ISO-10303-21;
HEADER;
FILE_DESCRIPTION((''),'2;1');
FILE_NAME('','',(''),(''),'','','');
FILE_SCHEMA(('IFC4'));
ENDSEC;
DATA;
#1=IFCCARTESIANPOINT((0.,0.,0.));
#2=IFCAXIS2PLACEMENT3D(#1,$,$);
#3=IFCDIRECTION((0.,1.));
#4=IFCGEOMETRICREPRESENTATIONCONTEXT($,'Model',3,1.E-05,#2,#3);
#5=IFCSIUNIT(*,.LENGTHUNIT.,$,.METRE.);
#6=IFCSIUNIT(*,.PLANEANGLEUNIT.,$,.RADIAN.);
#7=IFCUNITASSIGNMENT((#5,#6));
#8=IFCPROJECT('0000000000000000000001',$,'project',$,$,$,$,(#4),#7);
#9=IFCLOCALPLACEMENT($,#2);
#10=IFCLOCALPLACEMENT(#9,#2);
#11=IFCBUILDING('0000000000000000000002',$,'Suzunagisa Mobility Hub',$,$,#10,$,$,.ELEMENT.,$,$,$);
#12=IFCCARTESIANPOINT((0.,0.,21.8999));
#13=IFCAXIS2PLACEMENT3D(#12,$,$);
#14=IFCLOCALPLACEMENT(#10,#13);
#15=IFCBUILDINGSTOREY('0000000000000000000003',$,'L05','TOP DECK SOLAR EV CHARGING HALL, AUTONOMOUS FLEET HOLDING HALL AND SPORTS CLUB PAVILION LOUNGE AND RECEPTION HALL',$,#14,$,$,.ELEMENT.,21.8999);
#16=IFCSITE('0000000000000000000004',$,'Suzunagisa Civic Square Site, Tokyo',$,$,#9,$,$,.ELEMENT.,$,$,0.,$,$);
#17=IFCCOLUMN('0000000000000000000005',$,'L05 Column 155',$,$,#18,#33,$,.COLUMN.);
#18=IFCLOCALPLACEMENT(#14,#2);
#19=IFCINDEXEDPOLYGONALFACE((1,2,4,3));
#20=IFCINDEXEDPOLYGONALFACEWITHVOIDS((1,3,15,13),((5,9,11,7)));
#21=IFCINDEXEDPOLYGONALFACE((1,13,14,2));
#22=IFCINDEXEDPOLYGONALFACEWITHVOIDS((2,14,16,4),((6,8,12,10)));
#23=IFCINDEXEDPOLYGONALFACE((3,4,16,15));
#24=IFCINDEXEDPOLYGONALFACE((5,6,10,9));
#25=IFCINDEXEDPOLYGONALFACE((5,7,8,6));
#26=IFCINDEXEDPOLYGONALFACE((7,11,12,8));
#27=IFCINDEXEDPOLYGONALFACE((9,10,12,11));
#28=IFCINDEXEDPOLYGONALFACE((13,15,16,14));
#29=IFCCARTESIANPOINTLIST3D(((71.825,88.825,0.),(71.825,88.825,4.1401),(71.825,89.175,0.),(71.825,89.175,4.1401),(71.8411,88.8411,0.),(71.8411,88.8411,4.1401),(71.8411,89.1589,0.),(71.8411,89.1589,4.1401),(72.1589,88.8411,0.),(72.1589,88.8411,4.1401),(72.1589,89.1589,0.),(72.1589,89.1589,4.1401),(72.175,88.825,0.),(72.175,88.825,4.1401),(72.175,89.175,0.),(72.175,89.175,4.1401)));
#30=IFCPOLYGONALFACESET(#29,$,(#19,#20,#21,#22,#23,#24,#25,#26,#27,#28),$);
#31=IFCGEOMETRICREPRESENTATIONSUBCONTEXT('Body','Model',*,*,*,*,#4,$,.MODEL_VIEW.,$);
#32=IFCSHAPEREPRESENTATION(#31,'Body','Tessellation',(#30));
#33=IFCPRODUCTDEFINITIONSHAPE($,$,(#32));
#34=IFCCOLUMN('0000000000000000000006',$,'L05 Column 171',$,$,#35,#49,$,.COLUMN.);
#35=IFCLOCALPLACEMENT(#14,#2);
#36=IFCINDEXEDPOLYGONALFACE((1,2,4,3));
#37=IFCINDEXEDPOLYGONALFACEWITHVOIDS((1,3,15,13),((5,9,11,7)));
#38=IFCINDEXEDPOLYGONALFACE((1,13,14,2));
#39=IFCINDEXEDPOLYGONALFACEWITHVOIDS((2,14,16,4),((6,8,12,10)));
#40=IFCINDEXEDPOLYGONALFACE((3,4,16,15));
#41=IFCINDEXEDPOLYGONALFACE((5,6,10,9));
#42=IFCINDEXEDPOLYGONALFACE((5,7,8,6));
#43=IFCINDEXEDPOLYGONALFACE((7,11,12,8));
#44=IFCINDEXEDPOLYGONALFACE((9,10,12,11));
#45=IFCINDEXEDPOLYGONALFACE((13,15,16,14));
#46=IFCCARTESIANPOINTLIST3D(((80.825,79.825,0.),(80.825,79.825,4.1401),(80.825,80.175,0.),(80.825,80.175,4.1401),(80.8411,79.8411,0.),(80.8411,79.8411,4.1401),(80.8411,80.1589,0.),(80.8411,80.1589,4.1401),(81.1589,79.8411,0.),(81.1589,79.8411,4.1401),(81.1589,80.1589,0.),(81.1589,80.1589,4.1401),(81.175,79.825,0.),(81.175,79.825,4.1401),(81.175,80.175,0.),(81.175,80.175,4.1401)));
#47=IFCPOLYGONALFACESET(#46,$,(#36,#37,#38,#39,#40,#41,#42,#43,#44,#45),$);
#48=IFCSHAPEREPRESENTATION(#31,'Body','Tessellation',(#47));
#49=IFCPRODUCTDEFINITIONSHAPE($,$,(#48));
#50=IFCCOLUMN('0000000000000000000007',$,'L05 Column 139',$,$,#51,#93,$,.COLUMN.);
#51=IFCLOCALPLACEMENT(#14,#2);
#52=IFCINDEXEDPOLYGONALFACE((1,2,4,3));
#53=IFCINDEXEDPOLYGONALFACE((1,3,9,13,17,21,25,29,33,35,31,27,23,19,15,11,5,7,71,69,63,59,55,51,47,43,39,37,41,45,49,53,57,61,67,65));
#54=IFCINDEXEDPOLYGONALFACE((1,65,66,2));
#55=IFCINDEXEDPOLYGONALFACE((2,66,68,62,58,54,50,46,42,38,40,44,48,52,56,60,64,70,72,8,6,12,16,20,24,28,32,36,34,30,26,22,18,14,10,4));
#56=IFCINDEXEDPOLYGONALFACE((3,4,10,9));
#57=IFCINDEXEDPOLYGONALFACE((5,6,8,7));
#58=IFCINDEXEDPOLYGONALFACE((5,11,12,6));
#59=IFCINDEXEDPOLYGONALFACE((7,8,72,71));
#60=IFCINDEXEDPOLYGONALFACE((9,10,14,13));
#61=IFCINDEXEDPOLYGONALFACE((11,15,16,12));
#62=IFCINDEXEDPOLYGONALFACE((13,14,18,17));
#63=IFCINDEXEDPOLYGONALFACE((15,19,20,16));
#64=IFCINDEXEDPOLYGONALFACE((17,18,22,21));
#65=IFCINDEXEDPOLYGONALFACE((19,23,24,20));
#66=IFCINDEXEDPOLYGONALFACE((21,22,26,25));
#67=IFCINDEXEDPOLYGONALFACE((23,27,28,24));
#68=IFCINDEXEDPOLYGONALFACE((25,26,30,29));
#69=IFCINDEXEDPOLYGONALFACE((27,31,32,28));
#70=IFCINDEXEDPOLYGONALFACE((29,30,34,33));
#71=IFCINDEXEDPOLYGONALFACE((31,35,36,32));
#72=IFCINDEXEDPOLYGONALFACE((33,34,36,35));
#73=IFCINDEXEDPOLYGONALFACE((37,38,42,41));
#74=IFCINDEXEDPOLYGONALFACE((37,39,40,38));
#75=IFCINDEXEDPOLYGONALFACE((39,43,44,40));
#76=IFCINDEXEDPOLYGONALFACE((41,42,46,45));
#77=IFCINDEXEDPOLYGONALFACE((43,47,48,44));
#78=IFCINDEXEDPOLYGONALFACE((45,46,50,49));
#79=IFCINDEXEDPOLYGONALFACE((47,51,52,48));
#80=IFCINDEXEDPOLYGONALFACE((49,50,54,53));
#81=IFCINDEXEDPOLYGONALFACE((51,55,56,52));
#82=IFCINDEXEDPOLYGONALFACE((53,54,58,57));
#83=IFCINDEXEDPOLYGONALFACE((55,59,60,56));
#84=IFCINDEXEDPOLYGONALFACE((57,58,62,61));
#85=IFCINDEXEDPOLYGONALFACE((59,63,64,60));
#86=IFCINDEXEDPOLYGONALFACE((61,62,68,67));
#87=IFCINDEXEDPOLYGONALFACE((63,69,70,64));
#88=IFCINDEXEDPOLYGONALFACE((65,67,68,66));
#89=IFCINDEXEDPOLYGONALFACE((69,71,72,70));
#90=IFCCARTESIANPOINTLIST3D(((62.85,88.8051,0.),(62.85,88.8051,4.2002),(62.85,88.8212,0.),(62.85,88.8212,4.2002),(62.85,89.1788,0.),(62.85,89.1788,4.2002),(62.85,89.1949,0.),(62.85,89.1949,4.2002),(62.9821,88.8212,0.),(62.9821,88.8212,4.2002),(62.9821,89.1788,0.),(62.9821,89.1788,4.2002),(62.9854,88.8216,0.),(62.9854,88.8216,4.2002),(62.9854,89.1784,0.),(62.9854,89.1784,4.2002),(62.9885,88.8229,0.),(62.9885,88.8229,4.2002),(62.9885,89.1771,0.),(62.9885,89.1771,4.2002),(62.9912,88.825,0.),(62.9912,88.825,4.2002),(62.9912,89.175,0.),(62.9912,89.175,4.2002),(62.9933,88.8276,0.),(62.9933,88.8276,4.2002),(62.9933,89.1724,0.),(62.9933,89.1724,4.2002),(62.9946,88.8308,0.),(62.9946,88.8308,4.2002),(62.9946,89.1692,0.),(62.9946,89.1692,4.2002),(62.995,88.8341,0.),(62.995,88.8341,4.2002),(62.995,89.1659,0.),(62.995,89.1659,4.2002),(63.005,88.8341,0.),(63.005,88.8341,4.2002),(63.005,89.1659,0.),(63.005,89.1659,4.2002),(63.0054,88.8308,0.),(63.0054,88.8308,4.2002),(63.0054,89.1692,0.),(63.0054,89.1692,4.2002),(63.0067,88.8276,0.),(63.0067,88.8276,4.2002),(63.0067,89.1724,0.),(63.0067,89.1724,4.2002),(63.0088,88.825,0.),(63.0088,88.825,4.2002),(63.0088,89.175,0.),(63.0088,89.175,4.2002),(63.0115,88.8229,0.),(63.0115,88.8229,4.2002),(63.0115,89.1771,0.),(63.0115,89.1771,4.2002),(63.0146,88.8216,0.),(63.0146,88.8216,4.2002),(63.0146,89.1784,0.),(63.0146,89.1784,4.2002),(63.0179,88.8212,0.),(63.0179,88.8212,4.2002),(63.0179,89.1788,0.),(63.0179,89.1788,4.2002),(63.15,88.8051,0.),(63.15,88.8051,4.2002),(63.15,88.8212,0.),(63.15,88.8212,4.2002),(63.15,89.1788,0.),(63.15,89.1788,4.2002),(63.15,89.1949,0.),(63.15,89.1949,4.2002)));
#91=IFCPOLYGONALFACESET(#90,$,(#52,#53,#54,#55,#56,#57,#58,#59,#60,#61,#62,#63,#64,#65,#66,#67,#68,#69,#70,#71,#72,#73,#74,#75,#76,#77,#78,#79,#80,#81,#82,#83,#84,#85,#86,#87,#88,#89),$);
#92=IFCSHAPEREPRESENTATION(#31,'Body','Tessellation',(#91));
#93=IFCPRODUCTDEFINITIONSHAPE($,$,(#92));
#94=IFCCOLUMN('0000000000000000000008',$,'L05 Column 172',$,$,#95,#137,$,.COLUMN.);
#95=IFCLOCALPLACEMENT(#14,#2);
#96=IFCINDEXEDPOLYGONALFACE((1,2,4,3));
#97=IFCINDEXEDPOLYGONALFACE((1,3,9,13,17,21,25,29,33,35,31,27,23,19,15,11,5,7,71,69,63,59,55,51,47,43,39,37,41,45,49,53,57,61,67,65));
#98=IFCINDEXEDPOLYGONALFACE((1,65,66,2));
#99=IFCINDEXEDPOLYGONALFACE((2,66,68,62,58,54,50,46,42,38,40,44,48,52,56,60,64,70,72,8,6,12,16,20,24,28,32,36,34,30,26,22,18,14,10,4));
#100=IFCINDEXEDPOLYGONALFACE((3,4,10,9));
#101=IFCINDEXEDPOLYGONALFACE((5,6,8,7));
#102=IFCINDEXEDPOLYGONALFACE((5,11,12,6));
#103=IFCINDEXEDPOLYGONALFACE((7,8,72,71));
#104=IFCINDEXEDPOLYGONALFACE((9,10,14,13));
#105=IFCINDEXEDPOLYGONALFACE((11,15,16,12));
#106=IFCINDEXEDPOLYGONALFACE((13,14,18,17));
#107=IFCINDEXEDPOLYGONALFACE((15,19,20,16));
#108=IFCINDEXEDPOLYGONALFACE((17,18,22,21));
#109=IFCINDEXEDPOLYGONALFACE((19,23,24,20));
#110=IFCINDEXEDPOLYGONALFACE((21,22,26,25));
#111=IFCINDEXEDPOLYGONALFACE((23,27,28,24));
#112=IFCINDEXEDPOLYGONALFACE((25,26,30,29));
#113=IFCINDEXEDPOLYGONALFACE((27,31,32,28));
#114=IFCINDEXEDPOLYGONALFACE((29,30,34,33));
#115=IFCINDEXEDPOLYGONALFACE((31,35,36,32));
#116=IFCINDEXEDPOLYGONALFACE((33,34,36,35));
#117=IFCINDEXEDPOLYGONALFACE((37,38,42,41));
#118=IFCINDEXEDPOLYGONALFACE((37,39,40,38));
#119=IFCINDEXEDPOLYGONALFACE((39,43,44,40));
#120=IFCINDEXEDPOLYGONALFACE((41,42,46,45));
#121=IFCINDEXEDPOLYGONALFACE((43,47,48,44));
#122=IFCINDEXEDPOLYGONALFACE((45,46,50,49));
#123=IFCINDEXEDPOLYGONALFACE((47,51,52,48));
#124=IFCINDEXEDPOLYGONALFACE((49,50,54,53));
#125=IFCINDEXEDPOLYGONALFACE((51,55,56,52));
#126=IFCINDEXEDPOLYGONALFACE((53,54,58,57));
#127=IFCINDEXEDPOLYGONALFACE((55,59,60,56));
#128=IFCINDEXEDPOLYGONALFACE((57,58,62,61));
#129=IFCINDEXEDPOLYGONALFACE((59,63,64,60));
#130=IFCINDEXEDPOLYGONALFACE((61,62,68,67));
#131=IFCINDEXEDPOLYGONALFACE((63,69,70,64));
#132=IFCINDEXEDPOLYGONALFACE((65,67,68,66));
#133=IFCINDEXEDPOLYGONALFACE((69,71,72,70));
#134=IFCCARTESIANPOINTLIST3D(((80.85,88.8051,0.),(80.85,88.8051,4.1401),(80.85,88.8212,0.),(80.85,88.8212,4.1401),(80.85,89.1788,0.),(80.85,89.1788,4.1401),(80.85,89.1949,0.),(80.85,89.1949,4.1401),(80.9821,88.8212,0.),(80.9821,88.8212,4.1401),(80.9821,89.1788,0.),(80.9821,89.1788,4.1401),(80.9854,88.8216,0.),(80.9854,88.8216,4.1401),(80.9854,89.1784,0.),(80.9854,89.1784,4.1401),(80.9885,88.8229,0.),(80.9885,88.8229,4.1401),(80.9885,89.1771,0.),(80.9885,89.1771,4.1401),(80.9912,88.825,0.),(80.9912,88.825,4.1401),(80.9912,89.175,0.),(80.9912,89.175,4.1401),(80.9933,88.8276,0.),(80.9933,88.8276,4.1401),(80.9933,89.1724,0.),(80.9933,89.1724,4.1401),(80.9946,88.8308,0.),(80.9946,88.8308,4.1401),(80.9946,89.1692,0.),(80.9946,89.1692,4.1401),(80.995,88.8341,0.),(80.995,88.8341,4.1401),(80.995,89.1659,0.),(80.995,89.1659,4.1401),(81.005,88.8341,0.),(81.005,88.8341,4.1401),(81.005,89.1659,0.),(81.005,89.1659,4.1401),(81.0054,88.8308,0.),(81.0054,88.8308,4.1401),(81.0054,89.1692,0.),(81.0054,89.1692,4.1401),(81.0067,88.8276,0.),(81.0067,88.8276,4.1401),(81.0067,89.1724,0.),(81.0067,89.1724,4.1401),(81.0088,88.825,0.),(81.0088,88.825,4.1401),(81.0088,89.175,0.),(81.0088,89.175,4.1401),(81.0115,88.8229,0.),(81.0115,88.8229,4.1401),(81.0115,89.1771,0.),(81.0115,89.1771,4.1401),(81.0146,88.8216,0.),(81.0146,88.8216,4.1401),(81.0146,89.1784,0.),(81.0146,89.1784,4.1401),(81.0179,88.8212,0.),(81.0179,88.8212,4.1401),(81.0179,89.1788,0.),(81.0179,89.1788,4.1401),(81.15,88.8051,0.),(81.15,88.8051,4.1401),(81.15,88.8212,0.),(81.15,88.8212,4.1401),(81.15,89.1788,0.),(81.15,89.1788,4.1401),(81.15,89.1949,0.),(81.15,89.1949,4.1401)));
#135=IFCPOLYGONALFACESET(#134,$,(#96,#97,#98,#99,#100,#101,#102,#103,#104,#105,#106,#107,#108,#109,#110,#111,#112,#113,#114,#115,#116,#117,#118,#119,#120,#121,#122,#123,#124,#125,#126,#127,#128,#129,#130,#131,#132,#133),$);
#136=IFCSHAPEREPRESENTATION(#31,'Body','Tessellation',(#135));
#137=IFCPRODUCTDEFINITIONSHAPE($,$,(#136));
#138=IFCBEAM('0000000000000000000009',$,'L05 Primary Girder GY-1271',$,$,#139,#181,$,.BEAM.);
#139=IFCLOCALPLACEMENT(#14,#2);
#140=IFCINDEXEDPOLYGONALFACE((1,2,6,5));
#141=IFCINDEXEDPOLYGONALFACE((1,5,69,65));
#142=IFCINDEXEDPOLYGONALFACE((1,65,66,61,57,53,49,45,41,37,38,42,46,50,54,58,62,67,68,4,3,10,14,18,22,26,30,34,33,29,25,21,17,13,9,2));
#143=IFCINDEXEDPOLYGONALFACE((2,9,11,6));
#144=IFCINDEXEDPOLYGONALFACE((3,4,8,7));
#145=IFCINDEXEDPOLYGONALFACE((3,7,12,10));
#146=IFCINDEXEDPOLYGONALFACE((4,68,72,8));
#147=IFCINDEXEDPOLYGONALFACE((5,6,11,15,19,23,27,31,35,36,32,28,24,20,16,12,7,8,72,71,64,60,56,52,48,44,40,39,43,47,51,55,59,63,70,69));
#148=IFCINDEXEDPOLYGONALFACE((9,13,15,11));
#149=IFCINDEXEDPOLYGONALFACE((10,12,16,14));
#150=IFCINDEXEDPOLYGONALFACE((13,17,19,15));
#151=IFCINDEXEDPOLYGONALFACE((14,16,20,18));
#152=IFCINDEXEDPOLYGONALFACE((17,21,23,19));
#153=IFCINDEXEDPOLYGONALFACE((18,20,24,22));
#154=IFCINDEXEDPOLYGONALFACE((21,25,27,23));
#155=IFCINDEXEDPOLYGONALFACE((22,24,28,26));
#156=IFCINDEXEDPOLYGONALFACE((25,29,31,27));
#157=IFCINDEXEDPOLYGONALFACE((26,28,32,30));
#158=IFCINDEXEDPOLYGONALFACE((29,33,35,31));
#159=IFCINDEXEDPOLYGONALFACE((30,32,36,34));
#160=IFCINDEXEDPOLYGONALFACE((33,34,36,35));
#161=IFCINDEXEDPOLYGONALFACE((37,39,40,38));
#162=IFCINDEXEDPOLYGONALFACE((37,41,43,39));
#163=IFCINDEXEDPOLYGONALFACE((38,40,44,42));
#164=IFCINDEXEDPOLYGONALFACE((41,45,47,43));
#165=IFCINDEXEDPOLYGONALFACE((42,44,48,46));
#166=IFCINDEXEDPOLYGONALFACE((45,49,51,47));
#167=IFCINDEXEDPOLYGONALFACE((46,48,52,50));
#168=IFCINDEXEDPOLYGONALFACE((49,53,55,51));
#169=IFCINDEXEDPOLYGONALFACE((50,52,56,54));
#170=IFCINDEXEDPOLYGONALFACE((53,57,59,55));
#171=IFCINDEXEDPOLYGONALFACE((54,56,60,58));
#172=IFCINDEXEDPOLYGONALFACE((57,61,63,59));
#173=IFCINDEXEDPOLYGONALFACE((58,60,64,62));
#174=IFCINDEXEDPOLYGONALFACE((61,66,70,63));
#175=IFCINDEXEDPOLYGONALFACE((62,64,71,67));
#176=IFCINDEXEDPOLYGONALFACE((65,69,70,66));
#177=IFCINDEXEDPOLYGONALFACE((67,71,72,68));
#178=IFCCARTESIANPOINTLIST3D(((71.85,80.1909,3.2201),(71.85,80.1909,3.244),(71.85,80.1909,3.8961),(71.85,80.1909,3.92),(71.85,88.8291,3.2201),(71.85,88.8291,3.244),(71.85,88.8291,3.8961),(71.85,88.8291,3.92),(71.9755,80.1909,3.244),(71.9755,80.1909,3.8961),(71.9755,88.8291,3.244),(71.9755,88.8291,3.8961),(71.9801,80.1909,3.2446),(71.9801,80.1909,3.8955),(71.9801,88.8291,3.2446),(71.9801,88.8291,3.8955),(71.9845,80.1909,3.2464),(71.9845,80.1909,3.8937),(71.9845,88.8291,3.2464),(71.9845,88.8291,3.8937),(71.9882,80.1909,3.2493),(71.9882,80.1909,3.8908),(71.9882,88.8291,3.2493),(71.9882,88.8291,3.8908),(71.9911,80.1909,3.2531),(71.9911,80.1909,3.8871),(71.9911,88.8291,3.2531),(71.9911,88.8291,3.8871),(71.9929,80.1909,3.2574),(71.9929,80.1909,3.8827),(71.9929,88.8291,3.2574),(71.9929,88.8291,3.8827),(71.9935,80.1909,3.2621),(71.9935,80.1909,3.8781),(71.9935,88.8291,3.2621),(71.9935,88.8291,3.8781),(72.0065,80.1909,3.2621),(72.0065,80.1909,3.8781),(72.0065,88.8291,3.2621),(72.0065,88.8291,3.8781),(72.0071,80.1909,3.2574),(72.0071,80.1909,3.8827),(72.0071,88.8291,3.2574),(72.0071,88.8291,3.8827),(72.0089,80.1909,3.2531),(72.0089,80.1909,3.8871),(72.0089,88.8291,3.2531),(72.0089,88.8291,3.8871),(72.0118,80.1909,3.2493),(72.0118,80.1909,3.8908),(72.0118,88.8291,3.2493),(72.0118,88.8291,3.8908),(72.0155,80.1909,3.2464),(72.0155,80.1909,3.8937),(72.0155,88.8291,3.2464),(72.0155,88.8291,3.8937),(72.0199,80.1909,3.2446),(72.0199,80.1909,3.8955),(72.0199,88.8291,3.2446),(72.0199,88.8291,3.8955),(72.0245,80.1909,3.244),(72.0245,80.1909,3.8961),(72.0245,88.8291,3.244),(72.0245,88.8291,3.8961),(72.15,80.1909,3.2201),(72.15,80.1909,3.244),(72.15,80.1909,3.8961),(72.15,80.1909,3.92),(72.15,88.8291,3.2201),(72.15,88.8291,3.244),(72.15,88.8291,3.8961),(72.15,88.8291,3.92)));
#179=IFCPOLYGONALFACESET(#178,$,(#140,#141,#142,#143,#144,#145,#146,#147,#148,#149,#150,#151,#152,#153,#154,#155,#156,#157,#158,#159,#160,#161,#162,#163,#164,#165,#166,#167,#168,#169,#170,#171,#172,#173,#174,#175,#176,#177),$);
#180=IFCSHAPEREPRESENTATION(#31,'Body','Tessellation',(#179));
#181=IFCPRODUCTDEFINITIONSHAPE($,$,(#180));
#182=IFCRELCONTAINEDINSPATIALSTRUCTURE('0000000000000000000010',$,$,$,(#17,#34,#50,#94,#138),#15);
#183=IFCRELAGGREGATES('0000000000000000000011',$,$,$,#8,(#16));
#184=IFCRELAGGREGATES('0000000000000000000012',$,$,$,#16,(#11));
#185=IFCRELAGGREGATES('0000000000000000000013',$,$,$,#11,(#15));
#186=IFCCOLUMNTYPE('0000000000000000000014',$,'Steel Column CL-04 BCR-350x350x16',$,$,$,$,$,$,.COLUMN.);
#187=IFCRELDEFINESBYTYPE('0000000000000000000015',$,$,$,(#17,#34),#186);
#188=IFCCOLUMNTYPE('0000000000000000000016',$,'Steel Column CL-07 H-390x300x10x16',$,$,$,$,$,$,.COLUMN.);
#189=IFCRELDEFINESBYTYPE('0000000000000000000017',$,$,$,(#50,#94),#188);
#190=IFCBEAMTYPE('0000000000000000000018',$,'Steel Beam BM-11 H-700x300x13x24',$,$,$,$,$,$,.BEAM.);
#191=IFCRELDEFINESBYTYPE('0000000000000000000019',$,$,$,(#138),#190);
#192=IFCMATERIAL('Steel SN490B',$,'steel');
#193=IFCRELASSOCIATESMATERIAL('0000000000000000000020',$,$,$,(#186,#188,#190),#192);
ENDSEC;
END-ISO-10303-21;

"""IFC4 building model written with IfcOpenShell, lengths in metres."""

from ifc_helpers import new_model, si_unit, direction, frame, origin, origin_2d, place, context, subcontext, project, spatial, hollow_rectangle, i_section, extrude, material, material_profile, profile_set, type_object, element, save


model = new_model("IFC4")

# Units and contexts
model_context = context("Model", 3, precision=1e-05, world=origin(), true_north=direction((0.0, 1.0)))
body_context = subcontext(model_context, "Body", "Model", "MODEL_VIEW")
ifc_project = project(units=[si_unit("LENGTHUNIT", "METRE"), si_unit("PLANEANGLEUNIT", "RADIAN")], contexts=[model_context])

# Site, building, storey
site_placement = place(None, origin())
site = spatial("IfcSite", under=ifc_project, at=site_placement, Name="Suzunagisa Civic Square Site, Tokyo", CompositionType="ELEMENT", RefElevation=0.0)
building_placement = place(site_placement, origin())
building = spatial("IfcBuilding", under=site, at=building_placement, Name="Suzunagisa Mobility Hub", CompositionType="ELEMENT")
storey_placement = place(building_placement, frame((0.0, 0.0, 21.8999)))
storey = spatial("IfcBuildingStorey", under=building, at=storey_placement, Name="L05", Description="TOP DECK SOLAR EV CHARGING HALL, AUTONOMOUS FLEET HOLDING HALL AND SPORTS CLUB PAVILION LOUNGE AND RECEPTION HALL", CompositionType="ELEMENT", Elevation=21.8999)

# Columns
ifc_material_1 = material(Name="Steel SN490B", Category="steel")
ifc_material_profile_1 = material_profile(ifc_material_1, hollow_rectangle(XDim=0.3501, YDim=0.3501, WallThickness=0.0161, at=origin_2d()), Name="BCR-350x350x16")
ifc_profile_set_1 = profile_set([ifc_material_profile_1], Name="Steel SN490B")
column_type_1 = type_object("IfcColumnType", Name="Steel Column CL-04 BCR-350x350x16", PredefinedType="COLUMN", material=ifc_profile_set_1)
for number, where, z_axis, x_axis, name in (
    (1, (72.0, 89.0, 0.0), (0.0, 0.0, 1.0), (1.0, 0.0, 0.0), "L05 Column 155"),
    (2, (81.0, 80.0, 0.0), (0.0, 0.0, 1.0), (1.0, 0.0, 0.0), "L05 Column 171"),
):
    element("IfcColumn", number, at=place(storey_placement, frame(where, z_axis=z_axis, x_axis=x_axis)), inside=storey, type_object=column_type_1, Name=name, PredefinedType="COLUMN", context=body_context, shape_type="SweptSolid", body=[
        extrude(hollow_rectangle(XDim=0.3501, YDim=0.3501, WallThickness=0.0161, at=origin_2d()), origin(), (0.0, 0.0, 1.0), 4.1401),
    ])
ifc_material_profile_2 = material_profile(ifc_material_1, i_section(OverallWidth=0.3, OverallDepth=0.3899, WebThickness=0.01, FlangeThickness=0.0161, FilletRadius=0.0129, at=origin_2d()), Name="H-390x300x10x16")
ifc_profile_set_2 = profile_set([ifc_material_profile_2], Name="Steel SN490B")
column_type_2 = type_object("IfcColumnType", Name="Steel Column CL-07 H-390x300x10x16", PredefinedType="COLUMN", material=ifc_profile_set_2)
column_1_placement = place(storey_placement, frame((63.0, 89.0, 0.0), z_axis=(0.0, 0.0, 1.0), x_axis=(1.0, 0.0, 0.0)))
element("IfcColumn", 3, at=column_1_placement, inside=storey, type_object=column_type_2, Name="L05 Column 139", PredefinedType="COLUMN", context=body_context, shape_type="SweptSolid", body=[
    extrude(i_section(OverallWidth=0.3, OverallDepth=0.3899, WebThickness=0.01, FlangeThickness=0.0161, FilletRadius=0.0129, at=origin_2d()), origin(), (0.0, 0.0, 1.0), 4.2002),
])
column_2_placement = place(storey_placement, frame((81.0, 89.0, 0.0), z_axis=(0.0, 0.0, 1.0), x_axis=(1.0, 0.0, 0.0)))
element("IfcColumn", 4, at=column_2_placement, inside=storey, type_object=column_type_2, Name="L05 Column 172", PredefinedType="COLUMN", context=body_context, shape_type="SweptSolid", body=[
    extrude(i_section(OverallWidth=0.3, OverallDepth=0.3899, WebThickness=0.01, FlangeThickness=0.0161, FilletRadius=0.0129, at=origin_2d()), origin(), (0.0, 0.0, 1.0), 4.1401),
])

# Beam
ifc_material_profile_3 = material_profile(ifc_material_1, i_section(OverallWidth=0.3, OverallDepth=0.7, WebThickness=0.0129, FlangeThickness=0.0239, FilletRadius=0.0181, at=origin_2d()), Name="H-700x300x13x24")
ifc_profile_set_3 = profile_set([ifc_material_profile_3], Name="Steel SN490B")
beam_type_1 = type_object("IfcBeamType", Name="Steel Beam BM-11 H-700x300x13x24", PredefinedType="BEAM", material=ifc_profile_set_3)
beam_1_placement = place(storey_placement, frame((72.0, 80.1909, 3.5701), z_axis=(0.0, 1.0, 0.0), x_axis=(-1.0, 0.0, 0.0)))
element("IfcBeam", 5, at=beam_1_placement, inside=storey, type_object=beam_type_1, Name="L05 Primary Girder GY-1271", PredefinedType="BEAM", context=body_context, shape_type="SweptSolid", body=[
    extrude(i_section(OverallWidth=0.3, OverallDepth=0.7, WebThickness=0.0129, FlangeThickness=0.0239, FilletRadius=0.0181, at=origin_2d()), origin(), (0.0, 0.0, 1.0), 8.6382),
])

save(model, "model.ifc")
